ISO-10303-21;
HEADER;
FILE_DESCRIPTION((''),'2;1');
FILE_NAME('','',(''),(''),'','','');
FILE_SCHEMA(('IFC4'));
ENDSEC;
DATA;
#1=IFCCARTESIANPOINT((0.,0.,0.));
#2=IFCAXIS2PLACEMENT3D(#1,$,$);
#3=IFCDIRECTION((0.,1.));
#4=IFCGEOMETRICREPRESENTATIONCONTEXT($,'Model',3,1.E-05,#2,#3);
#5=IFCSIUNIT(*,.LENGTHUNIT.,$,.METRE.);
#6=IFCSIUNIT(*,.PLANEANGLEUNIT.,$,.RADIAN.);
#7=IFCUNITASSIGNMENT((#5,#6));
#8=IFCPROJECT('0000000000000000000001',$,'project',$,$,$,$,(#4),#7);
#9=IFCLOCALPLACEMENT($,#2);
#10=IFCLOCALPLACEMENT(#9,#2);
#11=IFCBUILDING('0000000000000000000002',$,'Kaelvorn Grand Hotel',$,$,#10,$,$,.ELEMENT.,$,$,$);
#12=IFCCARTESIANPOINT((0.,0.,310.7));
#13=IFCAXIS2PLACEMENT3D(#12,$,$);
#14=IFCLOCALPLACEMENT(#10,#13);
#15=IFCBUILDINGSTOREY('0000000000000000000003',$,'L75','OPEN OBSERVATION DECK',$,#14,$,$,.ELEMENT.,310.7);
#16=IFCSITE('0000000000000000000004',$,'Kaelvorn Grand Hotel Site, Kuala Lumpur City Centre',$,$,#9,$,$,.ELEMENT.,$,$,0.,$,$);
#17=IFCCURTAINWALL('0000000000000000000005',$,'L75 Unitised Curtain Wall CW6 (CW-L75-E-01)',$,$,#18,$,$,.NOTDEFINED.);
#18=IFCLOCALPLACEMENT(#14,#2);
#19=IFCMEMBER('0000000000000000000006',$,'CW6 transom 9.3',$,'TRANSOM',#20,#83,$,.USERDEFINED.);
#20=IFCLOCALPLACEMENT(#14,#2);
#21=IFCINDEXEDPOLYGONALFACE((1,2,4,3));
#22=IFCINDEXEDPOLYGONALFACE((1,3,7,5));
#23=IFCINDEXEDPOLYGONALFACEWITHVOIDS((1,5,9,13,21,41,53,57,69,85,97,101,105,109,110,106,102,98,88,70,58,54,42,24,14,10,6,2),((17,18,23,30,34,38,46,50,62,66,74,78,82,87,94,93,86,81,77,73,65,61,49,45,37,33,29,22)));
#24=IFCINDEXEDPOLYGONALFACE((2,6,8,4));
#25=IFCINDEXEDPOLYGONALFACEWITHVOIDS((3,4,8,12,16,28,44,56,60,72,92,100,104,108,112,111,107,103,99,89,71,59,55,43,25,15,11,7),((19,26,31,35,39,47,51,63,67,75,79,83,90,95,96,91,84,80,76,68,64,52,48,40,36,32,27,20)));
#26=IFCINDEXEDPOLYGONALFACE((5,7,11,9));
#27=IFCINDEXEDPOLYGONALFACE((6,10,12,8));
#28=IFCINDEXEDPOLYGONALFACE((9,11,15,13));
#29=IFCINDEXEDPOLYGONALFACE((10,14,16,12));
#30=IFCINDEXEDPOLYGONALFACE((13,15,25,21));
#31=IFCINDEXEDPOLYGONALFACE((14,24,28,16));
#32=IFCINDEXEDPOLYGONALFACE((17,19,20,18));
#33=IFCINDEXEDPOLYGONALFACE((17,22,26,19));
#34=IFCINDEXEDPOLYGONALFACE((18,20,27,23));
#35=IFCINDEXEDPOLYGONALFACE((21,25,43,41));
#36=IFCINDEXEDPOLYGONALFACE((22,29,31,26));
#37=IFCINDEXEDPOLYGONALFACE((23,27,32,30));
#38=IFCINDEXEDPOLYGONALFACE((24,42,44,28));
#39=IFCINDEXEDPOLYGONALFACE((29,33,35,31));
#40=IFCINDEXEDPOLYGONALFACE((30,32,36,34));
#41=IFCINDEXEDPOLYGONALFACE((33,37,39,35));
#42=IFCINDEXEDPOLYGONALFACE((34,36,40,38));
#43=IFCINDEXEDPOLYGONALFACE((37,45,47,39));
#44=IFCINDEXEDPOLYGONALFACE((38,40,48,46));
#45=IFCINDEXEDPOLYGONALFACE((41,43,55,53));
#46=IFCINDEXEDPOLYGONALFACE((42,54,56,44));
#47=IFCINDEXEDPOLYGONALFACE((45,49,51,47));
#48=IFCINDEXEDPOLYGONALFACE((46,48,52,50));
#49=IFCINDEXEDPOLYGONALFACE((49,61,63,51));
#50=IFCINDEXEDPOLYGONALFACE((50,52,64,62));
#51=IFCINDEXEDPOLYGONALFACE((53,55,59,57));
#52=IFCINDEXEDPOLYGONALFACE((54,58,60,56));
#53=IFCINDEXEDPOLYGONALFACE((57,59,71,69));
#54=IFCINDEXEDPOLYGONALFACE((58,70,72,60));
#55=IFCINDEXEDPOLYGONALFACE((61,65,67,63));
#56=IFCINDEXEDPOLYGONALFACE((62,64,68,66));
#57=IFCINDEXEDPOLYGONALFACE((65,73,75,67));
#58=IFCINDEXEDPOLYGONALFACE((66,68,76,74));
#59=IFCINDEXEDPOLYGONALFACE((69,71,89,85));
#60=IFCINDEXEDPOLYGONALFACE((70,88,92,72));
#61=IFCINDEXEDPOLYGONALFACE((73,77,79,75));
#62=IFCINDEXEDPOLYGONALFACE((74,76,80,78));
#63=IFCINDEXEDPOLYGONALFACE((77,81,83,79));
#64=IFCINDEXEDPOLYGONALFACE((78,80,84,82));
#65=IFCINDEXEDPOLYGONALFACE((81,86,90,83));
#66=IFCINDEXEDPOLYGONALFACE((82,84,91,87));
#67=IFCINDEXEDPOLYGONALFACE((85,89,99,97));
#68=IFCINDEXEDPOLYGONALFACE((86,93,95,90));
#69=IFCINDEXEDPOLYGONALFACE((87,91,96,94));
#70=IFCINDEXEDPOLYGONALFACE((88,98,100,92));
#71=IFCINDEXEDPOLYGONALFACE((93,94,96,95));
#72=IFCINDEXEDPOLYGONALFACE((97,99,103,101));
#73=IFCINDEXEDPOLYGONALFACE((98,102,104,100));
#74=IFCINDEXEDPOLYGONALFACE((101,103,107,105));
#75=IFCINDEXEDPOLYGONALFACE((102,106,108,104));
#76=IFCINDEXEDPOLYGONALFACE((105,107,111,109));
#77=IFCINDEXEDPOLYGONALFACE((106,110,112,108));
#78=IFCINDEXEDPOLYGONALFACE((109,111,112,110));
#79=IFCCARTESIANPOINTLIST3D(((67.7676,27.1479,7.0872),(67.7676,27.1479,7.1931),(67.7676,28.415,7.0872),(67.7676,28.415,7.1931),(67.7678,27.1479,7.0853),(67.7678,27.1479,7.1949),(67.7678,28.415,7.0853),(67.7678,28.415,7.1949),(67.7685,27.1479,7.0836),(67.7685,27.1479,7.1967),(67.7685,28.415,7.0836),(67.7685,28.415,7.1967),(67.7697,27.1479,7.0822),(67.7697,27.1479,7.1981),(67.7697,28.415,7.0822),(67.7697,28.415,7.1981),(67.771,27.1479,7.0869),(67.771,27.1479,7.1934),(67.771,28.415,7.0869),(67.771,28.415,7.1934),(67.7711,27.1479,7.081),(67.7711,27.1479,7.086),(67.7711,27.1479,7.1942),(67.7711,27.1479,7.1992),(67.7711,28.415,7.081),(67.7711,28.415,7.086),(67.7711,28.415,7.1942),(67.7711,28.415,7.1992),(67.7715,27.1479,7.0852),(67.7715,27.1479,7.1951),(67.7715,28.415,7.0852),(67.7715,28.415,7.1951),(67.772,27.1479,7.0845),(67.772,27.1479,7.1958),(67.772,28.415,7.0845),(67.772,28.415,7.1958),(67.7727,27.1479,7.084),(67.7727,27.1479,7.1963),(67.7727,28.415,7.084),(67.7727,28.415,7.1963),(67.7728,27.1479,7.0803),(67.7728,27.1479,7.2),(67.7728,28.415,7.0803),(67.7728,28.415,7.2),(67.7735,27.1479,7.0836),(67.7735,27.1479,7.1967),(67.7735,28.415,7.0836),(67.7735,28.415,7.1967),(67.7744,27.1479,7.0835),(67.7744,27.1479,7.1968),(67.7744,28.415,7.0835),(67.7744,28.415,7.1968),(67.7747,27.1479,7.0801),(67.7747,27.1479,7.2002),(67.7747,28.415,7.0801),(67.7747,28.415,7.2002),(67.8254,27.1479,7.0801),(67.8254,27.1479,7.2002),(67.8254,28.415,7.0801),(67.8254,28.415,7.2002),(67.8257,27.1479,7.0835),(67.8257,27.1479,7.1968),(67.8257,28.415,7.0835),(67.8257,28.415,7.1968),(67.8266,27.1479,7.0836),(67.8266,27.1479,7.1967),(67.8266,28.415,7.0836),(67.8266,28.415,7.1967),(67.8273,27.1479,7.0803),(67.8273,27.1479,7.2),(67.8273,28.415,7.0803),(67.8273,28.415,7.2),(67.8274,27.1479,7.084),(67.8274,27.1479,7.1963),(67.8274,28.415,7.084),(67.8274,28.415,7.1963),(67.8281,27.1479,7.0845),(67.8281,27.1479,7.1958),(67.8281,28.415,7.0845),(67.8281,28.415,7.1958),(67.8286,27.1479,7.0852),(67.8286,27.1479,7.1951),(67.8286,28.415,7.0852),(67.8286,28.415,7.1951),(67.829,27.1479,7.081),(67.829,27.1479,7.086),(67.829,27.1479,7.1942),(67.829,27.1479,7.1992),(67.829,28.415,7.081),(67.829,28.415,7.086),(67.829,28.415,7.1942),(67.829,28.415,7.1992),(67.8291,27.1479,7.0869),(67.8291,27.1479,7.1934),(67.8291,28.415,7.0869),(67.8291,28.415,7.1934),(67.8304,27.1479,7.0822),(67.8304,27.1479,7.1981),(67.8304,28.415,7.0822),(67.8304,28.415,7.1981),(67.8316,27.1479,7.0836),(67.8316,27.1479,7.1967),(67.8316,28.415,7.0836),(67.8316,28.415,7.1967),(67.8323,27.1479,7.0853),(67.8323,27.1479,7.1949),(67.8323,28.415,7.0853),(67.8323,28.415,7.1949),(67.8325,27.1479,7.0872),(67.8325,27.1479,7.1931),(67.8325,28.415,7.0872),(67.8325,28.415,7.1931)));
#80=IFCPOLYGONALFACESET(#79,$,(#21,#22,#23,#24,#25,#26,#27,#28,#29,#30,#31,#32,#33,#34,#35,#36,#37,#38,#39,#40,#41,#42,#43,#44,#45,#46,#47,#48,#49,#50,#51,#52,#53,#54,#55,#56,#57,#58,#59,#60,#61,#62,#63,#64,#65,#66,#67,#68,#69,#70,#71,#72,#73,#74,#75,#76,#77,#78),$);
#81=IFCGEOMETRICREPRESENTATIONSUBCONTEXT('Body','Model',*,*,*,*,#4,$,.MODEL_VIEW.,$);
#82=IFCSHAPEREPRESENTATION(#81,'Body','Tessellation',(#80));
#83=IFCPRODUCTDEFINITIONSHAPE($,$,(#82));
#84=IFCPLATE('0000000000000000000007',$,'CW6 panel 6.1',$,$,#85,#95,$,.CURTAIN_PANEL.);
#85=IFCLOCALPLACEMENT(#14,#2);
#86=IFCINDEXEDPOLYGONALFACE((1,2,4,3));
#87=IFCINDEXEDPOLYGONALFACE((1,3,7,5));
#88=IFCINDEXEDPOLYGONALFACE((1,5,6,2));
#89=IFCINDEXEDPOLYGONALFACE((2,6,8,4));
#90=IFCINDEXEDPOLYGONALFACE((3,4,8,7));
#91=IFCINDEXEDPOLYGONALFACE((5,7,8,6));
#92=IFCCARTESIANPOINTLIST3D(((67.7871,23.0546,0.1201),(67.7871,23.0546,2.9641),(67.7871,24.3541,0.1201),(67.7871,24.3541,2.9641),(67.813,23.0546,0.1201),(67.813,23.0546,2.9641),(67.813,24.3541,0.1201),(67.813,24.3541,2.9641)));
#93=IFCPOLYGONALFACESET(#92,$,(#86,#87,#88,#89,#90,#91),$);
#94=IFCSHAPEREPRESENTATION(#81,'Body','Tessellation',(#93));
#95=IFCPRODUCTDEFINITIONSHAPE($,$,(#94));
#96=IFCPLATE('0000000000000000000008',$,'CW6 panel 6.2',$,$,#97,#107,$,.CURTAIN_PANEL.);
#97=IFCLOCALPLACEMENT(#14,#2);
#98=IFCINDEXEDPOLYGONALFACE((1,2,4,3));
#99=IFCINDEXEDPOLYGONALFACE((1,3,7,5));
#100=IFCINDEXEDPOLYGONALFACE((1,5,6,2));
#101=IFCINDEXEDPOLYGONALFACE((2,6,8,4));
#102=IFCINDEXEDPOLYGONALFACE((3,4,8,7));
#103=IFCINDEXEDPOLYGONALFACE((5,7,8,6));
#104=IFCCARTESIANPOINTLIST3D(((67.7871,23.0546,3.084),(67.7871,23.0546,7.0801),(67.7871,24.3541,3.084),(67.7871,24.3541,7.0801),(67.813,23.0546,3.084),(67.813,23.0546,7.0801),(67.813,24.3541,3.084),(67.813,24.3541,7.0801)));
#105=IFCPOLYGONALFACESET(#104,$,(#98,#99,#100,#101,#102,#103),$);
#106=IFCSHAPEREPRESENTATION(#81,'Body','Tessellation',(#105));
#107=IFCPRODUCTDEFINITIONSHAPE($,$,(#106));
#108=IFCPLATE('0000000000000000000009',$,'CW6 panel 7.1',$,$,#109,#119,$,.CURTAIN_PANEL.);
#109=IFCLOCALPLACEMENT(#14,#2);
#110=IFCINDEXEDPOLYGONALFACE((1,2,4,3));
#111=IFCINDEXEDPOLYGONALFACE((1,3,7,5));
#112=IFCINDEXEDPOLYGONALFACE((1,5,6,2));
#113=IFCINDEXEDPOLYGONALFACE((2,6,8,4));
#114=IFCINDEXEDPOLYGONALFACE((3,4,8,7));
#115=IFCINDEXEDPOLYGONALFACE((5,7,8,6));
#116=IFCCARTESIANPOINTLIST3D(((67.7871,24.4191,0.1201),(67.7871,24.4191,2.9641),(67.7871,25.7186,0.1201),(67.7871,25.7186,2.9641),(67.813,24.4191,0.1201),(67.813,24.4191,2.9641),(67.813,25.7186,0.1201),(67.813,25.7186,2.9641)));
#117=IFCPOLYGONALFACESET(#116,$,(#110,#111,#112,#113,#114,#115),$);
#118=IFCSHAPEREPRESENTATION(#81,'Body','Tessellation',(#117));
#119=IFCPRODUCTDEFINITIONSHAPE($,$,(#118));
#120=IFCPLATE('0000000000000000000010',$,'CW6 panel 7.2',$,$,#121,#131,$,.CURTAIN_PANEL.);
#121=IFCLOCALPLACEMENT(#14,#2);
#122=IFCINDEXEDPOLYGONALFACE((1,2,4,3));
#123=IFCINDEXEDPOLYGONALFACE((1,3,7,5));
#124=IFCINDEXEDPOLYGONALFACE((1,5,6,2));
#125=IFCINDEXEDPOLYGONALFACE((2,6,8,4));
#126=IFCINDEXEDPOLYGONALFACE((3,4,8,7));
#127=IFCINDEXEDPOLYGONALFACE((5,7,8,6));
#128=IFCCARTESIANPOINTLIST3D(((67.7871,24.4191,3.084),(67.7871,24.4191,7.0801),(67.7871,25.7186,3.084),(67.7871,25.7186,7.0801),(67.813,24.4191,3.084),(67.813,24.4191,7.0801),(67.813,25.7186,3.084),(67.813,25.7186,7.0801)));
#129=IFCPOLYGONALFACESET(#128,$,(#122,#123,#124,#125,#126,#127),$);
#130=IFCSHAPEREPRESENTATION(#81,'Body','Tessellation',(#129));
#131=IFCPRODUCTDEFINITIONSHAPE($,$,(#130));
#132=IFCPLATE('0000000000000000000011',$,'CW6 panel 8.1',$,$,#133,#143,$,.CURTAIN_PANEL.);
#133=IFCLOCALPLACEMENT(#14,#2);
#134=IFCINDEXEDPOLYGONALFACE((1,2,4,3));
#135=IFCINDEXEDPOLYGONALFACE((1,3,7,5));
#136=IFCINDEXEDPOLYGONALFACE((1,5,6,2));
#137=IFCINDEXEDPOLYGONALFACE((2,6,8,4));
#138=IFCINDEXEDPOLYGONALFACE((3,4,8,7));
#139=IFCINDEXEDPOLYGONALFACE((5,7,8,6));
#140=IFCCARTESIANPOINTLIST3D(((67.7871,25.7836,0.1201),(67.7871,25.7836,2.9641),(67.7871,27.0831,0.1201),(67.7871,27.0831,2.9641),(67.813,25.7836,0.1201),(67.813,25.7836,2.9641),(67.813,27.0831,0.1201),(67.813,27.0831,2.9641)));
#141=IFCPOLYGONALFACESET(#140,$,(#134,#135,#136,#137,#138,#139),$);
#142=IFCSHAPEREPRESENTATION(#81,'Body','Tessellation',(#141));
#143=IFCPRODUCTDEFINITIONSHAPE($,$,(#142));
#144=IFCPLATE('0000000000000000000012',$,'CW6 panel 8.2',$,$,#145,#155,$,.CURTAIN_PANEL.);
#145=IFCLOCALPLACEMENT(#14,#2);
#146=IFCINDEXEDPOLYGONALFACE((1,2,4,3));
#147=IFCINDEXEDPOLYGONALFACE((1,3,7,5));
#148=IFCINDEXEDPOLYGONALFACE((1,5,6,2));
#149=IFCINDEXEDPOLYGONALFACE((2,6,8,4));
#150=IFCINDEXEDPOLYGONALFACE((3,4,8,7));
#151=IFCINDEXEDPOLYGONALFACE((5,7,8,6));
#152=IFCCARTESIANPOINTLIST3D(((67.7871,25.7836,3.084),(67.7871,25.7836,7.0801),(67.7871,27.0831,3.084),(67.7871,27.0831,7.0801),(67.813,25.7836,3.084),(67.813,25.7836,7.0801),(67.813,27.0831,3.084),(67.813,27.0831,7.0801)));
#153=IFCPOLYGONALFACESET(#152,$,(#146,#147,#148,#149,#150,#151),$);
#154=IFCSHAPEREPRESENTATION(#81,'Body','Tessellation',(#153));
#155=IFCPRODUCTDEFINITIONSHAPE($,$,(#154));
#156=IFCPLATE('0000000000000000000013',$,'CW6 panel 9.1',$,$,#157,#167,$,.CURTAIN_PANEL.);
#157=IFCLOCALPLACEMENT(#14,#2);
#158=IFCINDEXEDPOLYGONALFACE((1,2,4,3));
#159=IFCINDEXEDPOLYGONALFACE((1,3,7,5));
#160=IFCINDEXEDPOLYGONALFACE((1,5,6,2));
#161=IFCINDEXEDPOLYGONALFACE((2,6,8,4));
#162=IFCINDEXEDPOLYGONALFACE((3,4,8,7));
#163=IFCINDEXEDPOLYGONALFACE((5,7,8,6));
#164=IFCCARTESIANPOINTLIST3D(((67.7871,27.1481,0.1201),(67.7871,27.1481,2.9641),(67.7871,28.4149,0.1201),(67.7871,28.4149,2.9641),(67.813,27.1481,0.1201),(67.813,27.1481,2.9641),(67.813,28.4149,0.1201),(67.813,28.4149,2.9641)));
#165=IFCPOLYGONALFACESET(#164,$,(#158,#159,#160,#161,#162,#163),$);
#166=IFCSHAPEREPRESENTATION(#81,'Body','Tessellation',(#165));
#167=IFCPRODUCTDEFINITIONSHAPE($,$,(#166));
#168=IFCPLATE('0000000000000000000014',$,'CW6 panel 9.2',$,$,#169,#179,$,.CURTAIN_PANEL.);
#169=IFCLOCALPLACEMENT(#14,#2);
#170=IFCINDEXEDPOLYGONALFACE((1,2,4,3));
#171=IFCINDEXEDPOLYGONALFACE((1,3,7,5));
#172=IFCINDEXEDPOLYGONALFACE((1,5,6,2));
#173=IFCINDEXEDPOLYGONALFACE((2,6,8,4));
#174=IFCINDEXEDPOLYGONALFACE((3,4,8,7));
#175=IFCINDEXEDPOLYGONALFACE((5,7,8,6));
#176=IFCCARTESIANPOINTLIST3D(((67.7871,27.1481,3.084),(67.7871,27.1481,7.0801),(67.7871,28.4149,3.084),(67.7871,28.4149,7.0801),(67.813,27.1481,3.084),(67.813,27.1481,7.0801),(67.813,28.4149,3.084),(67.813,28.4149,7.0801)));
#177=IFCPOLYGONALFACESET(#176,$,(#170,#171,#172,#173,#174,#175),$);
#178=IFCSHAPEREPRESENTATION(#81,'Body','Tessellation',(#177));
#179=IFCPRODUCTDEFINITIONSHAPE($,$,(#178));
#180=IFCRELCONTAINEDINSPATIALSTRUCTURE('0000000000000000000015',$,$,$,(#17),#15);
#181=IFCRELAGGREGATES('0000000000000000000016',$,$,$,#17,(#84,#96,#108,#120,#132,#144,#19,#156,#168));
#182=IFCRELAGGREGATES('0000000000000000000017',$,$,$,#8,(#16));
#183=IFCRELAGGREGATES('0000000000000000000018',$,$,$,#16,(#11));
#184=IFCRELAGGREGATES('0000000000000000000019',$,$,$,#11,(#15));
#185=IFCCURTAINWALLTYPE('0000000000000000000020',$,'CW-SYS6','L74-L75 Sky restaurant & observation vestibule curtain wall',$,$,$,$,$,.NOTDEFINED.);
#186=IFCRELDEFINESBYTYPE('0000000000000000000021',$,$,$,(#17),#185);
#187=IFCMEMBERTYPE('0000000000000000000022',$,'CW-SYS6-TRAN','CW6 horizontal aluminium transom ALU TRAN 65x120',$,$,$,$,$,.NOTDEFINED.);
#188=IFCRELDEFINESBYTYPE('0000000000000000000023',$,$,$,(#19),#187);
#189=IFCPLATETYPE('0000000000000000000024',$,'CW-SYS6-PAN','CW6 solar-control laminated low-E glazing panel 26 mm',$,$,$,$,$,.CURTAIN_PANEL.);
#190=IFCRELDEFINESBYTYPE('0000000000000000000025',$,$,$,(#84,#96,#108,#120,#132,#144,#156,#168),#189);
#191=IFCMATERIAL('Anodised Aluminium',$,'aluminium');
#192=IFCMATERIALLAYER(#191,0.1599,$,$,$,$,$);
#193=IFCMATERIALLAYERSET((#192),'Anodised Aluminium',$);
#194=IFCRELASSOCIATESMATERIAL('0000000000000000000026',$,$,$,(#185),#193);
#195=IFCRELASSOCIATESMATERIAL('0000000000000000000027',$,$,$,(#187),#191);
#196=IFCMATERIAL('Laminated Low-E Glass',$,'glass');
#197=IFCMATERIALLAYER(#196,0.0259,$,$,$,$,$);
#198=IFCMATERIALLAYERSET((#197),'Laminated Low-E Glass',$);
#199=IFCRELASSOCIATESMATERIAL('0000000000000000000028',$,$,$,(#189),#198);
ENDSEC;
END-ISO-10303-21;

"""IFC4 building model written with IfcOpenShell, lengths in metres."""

from ifc_helpers import new_model, si_unit, direction, frame, origin, origin_2d, place, context, subcontext, project, spatial, rectangle, hollow_rectangle, extrude, material, layer, layer_set, material_profile, profile_set, type_object, element, aggregate, save


model = new_model("IFC4")

# Units and contexts
model_context = context("Model", 3, precision=1e-05, world=origin(), true_north=direction((0.0, 1.0)))
body_context = subcontext(model_context, "Body", "Model", "MODEL_VIEW")
ifc_project = project(units=[si_unit("LENGTHUNIT", "METRE"), si_unit("PLANEANGLEUNIT", "RADIAN")], contexts=[model_context])

# Site, building, storey
site_placement = place(None, origin())
site = spatial("IfcSite", under=ifc_project, at=site_placement, Name="Kaelvorn Grand Hotel Site, Kuala Lumpur City Centre", CompositionType="ELEMENT", RefElevation=0.0)
building_placement = place(site_placement, origin())
building = spatial("IfcBuilding", under=site, at=building_placement, Name="Kaelvorn Grand Hotel", CompositionType="ELEMENT")
storey_placement = place(building_placement, frame((0.0, 0.0, 310.7)))
storey = spatial("IfcBuildingStorey", under=building, at=storey_placement, Name="L75", Description="OPEN OBSERVATION DECK", CompositionType="ELEMENT", Elevation=310.7)

# Curtain wall, member, plates
ifc_material_1 = material(Name="Anodised Aluminium", Category="aluminium")
ifc_layer_1 = layer(ifc_material_1, 0.1599)
ifc_layer_set_1 = layer_set([ifc_layer_1], Name="Anodised Aluminium")
curtain_wall_type = type_object("IfcCurtainWallType", Name="CW-SYS6", Description="L74-L75 Sky restaurant & observation vestibule curtain wall", PredefinedType="NOTDEFINED", material=ifc_layer_set_1)
curtain_wall_placement = place(storey_placement, origin())
curtain_wall = element("IfcCurtainWall", 1, at=curtain_wall_placement, inside=storey, type_object=curtain_wall_type, Name="L75 Unitised Curtain Wall CW6 (CW-L75-E-01)", PredefinedType="NOTDEFINED")
ifc_material_profile_1 = material_profile(ifc_material_1, hollow_rectangle(XDim=0.0649, YDim=0.1201, WallThickness=0.0034, InnerFilletRadius=0.0034, OuterFilletRadius=0.0071, at=origin_2d()), Name="ALU TRAN 65x120")
ifc_profile_set_1 = profile_set([ifc_material_profile_1], Name="Anodised Aluminium")
member_type_1 = type_object("IfcMemberType", Name="CW-SYS6-TRAN", Description="CW6 horizontal aluminium transom ALU TRAN 65x120", PredefinedType="NOTDEFINED", material=ifc_profile_set_1)
member_1_placement = place(storey_placement, frame((67.8, 27.1479, 7.1401), z_axis=(0.0, 1.0, 0.0), x_axis=(-1.0, 0.0, 0.0)))
member_1 = element("IfcMember", 2, at=member_1_placement, type_object=member_type_1, Name="CW6 transom 9.3", ObjectType="TRANSOM", PredefinedType="USERDEFINED", context=body_context, shape_type="SweptSolid", body=[
    extrude(hollow_rectangle(XDim=0.0649, YDim=0.1201, WallThickness=0.0034, InnerFilletRadius=0.0034, OuterFilletRadius=0.0071, at=origin_2d()), origin(), (0.0, 0.0, 1.0), 1.2671),
])
ifc_material_2 = material(Name="Laminated Low-E Glass", Category="glass")
ifc_layer_2 = layer(ifc_material_2, 0.0259)
ifc_layer_set_2 = layer_set([ifc_layer_2], Name="Laminated Low-E Glass")
plate_type = type_object("IfcPlateType", Name="CW-SYS6-PAN", Description="CW6 solar-control laminated low-E glazing panel 26 mm", PredefinedType="CURTAIN_PANEL", material=ifc_layer_set_2)
plate_1_placement = place(storey_placement, frame((67.8, 23.7043, 0.1201), z_axis=(0.0, 0.0, 1.0), x_axis=(0.0, 1.0, 0.0)))
plate_1 = element("IfcPlate", 3, at=plate_1_placement, type_object=plate_type, Name="CW6 panel 6.1", PredefinedType="CURTAIN_PANEL", context=body_context, shape_type="SweptSolid", body=[
    extrude(rectangle(XDim=1.2996, YDim=0.0259, at=origin_2d()), origin(), (0.0, 0.0, 1.0), 2.844),
])
plate_2_placement = place(storey_placement, frame((67.8, 23.7043, 3.084), z_axis=(0.0, 0.0, 1.0), x_axis=(0.0, 1.0, 0.0)))
plate_2 = element("IfcPlate", 4, at=plate_2_placement, type_object=plate_type, Name="CW6 panel 6.2", PredefinedType="CURTAIN_PANEL", context=body_context, shape_type="SweptSolid", body=[
    extrude(rectangle(XDim=1.2996, YDim=0.0259, at=origin_2d()), origin(), (0.0, 0.0, 1.0), 3.9961),
])
plate_3_placement = place(storey_placement, frame((67.8, 25.0688, 0.1201), z_axis=(0.0, 0.0, 1.0), x_axis=(0.0, 1.0, 0.0)))
plate_3 = element("IfcPlate", 5, at=plate_3_placement, type_object=plate_type, Name="CW6 panel 7.1", PredefinedType="CURTAIN_PANEL", context=body_context, shape_type="SweptSolid", body=[
    extrude(rectangle(XDim=1.2996, YDim=0.0259, at=origin_2d()), origin(), (0.0, 0.0, 1.0), 2.844),
])
plate_4_placement = place(storey_placement, frame((67.8, 25.0688, 3.084), z_axis=(0.0, 0.0, 1.0), x_axis=(0.0, 1.0, 0.0)))
plate_4 = element("IfcPlate", 6, at=plate_4_placement, type_object=plate_type, Name="CW6 panel 7.2", PredefinedType="CURTAIN_PANEL", context=body_context, shape_type="SweptSolid", body=[
    extrude(rectangle(XDim=1.2996, YDim=0.0259, at=origin_2d()), origin(), (0.0, 0.0, 1.0), 3.9961),
])
plate_5_placement = place(storey_placement, frame((67.8, 26.4333, 0.1201), z_axis=(0.0, 0.0, 1.0), x_axis=(0.0, 1.0, 0.0)))
plate_5 = element("IfcPlate", 7, at=plate_5_placement, type_object=plate_type, Name="CW6 panel 8.1", PredefinedType="CURTAIN_PANEL", context=body_context, shape_type="SweptSolid", body=[
    extrude(rectangle(XDim=1.2996, YDim=0.0259, at=origin_2d()), origin(), (0.0, 0.0, 1.0), 2.844),
])
plate_6_placement = place(storey_placement, frame((67.8, 26.4333, 3.084), z_axis=(0.0, 0.0, 1.0), x_axis=(0.0, 1.0, 0.0)))
plate_6 = element("IfcPlate", 8, at=plate_6_placement, type_object=plate_type, Name="CW6 panel 8.2", PredefinedType="CURTAIN_PANEL", context=body_context, shape_type="SweptSolid", body=[
    extrude(rectangle(XDim=1.2996, YDim=0.0259, at=origin_2d()), origin(), (0.0, 0.0, 1.0), 3.9961),
])
plate_7_placement = place(storey_placement, frame((67.8, 27.7815, 0.1201), z_axis=(0.0, 0.0, 1.0), x_axis=(0.0, 1.0, 0.0)))
plate_7 = element("IfcPlate", 9, at=plate_7_placement, type_object=plate_type, Name="CW6 panel 9.1", PredefinedType="CURTAIN_PANEL", context=body_context, shape_type="SweptSolid", body=[
    extrude(rectangle(XDim=1.2668, YDim=0.0259, at=origin_2d()), origin(), (0.0, 0.0, 1.0), 2.844),
])
plate_8_placement = place(storey_placement, frame((67.8, 27.7815, 3.084), z_axis=(0.0, 0.0, 1.0), x_axis=(0.0, 1.0, 0.0)))
plate_8 = element("IfcPlate", 10, at=plate_8_placement, type_object=plate_type, Name="CW6 panel 9.2", PredefinedType="CURTAIN_PANEL", context=body_context, shape_type="SweptSolid", body=[
    extrude(rectangle(XDim=1.2668, YDim=0.0259, at=origin_2d()), origin(), (0.0, 0.0, 1.0), 3.9961),
])
aggregate(curtain_wall, [plate_1, plate_2, plate_3, plate_4, plate_5, plate_6, member_1, plate_7, plate_8])

save(model, "model.ifc")
